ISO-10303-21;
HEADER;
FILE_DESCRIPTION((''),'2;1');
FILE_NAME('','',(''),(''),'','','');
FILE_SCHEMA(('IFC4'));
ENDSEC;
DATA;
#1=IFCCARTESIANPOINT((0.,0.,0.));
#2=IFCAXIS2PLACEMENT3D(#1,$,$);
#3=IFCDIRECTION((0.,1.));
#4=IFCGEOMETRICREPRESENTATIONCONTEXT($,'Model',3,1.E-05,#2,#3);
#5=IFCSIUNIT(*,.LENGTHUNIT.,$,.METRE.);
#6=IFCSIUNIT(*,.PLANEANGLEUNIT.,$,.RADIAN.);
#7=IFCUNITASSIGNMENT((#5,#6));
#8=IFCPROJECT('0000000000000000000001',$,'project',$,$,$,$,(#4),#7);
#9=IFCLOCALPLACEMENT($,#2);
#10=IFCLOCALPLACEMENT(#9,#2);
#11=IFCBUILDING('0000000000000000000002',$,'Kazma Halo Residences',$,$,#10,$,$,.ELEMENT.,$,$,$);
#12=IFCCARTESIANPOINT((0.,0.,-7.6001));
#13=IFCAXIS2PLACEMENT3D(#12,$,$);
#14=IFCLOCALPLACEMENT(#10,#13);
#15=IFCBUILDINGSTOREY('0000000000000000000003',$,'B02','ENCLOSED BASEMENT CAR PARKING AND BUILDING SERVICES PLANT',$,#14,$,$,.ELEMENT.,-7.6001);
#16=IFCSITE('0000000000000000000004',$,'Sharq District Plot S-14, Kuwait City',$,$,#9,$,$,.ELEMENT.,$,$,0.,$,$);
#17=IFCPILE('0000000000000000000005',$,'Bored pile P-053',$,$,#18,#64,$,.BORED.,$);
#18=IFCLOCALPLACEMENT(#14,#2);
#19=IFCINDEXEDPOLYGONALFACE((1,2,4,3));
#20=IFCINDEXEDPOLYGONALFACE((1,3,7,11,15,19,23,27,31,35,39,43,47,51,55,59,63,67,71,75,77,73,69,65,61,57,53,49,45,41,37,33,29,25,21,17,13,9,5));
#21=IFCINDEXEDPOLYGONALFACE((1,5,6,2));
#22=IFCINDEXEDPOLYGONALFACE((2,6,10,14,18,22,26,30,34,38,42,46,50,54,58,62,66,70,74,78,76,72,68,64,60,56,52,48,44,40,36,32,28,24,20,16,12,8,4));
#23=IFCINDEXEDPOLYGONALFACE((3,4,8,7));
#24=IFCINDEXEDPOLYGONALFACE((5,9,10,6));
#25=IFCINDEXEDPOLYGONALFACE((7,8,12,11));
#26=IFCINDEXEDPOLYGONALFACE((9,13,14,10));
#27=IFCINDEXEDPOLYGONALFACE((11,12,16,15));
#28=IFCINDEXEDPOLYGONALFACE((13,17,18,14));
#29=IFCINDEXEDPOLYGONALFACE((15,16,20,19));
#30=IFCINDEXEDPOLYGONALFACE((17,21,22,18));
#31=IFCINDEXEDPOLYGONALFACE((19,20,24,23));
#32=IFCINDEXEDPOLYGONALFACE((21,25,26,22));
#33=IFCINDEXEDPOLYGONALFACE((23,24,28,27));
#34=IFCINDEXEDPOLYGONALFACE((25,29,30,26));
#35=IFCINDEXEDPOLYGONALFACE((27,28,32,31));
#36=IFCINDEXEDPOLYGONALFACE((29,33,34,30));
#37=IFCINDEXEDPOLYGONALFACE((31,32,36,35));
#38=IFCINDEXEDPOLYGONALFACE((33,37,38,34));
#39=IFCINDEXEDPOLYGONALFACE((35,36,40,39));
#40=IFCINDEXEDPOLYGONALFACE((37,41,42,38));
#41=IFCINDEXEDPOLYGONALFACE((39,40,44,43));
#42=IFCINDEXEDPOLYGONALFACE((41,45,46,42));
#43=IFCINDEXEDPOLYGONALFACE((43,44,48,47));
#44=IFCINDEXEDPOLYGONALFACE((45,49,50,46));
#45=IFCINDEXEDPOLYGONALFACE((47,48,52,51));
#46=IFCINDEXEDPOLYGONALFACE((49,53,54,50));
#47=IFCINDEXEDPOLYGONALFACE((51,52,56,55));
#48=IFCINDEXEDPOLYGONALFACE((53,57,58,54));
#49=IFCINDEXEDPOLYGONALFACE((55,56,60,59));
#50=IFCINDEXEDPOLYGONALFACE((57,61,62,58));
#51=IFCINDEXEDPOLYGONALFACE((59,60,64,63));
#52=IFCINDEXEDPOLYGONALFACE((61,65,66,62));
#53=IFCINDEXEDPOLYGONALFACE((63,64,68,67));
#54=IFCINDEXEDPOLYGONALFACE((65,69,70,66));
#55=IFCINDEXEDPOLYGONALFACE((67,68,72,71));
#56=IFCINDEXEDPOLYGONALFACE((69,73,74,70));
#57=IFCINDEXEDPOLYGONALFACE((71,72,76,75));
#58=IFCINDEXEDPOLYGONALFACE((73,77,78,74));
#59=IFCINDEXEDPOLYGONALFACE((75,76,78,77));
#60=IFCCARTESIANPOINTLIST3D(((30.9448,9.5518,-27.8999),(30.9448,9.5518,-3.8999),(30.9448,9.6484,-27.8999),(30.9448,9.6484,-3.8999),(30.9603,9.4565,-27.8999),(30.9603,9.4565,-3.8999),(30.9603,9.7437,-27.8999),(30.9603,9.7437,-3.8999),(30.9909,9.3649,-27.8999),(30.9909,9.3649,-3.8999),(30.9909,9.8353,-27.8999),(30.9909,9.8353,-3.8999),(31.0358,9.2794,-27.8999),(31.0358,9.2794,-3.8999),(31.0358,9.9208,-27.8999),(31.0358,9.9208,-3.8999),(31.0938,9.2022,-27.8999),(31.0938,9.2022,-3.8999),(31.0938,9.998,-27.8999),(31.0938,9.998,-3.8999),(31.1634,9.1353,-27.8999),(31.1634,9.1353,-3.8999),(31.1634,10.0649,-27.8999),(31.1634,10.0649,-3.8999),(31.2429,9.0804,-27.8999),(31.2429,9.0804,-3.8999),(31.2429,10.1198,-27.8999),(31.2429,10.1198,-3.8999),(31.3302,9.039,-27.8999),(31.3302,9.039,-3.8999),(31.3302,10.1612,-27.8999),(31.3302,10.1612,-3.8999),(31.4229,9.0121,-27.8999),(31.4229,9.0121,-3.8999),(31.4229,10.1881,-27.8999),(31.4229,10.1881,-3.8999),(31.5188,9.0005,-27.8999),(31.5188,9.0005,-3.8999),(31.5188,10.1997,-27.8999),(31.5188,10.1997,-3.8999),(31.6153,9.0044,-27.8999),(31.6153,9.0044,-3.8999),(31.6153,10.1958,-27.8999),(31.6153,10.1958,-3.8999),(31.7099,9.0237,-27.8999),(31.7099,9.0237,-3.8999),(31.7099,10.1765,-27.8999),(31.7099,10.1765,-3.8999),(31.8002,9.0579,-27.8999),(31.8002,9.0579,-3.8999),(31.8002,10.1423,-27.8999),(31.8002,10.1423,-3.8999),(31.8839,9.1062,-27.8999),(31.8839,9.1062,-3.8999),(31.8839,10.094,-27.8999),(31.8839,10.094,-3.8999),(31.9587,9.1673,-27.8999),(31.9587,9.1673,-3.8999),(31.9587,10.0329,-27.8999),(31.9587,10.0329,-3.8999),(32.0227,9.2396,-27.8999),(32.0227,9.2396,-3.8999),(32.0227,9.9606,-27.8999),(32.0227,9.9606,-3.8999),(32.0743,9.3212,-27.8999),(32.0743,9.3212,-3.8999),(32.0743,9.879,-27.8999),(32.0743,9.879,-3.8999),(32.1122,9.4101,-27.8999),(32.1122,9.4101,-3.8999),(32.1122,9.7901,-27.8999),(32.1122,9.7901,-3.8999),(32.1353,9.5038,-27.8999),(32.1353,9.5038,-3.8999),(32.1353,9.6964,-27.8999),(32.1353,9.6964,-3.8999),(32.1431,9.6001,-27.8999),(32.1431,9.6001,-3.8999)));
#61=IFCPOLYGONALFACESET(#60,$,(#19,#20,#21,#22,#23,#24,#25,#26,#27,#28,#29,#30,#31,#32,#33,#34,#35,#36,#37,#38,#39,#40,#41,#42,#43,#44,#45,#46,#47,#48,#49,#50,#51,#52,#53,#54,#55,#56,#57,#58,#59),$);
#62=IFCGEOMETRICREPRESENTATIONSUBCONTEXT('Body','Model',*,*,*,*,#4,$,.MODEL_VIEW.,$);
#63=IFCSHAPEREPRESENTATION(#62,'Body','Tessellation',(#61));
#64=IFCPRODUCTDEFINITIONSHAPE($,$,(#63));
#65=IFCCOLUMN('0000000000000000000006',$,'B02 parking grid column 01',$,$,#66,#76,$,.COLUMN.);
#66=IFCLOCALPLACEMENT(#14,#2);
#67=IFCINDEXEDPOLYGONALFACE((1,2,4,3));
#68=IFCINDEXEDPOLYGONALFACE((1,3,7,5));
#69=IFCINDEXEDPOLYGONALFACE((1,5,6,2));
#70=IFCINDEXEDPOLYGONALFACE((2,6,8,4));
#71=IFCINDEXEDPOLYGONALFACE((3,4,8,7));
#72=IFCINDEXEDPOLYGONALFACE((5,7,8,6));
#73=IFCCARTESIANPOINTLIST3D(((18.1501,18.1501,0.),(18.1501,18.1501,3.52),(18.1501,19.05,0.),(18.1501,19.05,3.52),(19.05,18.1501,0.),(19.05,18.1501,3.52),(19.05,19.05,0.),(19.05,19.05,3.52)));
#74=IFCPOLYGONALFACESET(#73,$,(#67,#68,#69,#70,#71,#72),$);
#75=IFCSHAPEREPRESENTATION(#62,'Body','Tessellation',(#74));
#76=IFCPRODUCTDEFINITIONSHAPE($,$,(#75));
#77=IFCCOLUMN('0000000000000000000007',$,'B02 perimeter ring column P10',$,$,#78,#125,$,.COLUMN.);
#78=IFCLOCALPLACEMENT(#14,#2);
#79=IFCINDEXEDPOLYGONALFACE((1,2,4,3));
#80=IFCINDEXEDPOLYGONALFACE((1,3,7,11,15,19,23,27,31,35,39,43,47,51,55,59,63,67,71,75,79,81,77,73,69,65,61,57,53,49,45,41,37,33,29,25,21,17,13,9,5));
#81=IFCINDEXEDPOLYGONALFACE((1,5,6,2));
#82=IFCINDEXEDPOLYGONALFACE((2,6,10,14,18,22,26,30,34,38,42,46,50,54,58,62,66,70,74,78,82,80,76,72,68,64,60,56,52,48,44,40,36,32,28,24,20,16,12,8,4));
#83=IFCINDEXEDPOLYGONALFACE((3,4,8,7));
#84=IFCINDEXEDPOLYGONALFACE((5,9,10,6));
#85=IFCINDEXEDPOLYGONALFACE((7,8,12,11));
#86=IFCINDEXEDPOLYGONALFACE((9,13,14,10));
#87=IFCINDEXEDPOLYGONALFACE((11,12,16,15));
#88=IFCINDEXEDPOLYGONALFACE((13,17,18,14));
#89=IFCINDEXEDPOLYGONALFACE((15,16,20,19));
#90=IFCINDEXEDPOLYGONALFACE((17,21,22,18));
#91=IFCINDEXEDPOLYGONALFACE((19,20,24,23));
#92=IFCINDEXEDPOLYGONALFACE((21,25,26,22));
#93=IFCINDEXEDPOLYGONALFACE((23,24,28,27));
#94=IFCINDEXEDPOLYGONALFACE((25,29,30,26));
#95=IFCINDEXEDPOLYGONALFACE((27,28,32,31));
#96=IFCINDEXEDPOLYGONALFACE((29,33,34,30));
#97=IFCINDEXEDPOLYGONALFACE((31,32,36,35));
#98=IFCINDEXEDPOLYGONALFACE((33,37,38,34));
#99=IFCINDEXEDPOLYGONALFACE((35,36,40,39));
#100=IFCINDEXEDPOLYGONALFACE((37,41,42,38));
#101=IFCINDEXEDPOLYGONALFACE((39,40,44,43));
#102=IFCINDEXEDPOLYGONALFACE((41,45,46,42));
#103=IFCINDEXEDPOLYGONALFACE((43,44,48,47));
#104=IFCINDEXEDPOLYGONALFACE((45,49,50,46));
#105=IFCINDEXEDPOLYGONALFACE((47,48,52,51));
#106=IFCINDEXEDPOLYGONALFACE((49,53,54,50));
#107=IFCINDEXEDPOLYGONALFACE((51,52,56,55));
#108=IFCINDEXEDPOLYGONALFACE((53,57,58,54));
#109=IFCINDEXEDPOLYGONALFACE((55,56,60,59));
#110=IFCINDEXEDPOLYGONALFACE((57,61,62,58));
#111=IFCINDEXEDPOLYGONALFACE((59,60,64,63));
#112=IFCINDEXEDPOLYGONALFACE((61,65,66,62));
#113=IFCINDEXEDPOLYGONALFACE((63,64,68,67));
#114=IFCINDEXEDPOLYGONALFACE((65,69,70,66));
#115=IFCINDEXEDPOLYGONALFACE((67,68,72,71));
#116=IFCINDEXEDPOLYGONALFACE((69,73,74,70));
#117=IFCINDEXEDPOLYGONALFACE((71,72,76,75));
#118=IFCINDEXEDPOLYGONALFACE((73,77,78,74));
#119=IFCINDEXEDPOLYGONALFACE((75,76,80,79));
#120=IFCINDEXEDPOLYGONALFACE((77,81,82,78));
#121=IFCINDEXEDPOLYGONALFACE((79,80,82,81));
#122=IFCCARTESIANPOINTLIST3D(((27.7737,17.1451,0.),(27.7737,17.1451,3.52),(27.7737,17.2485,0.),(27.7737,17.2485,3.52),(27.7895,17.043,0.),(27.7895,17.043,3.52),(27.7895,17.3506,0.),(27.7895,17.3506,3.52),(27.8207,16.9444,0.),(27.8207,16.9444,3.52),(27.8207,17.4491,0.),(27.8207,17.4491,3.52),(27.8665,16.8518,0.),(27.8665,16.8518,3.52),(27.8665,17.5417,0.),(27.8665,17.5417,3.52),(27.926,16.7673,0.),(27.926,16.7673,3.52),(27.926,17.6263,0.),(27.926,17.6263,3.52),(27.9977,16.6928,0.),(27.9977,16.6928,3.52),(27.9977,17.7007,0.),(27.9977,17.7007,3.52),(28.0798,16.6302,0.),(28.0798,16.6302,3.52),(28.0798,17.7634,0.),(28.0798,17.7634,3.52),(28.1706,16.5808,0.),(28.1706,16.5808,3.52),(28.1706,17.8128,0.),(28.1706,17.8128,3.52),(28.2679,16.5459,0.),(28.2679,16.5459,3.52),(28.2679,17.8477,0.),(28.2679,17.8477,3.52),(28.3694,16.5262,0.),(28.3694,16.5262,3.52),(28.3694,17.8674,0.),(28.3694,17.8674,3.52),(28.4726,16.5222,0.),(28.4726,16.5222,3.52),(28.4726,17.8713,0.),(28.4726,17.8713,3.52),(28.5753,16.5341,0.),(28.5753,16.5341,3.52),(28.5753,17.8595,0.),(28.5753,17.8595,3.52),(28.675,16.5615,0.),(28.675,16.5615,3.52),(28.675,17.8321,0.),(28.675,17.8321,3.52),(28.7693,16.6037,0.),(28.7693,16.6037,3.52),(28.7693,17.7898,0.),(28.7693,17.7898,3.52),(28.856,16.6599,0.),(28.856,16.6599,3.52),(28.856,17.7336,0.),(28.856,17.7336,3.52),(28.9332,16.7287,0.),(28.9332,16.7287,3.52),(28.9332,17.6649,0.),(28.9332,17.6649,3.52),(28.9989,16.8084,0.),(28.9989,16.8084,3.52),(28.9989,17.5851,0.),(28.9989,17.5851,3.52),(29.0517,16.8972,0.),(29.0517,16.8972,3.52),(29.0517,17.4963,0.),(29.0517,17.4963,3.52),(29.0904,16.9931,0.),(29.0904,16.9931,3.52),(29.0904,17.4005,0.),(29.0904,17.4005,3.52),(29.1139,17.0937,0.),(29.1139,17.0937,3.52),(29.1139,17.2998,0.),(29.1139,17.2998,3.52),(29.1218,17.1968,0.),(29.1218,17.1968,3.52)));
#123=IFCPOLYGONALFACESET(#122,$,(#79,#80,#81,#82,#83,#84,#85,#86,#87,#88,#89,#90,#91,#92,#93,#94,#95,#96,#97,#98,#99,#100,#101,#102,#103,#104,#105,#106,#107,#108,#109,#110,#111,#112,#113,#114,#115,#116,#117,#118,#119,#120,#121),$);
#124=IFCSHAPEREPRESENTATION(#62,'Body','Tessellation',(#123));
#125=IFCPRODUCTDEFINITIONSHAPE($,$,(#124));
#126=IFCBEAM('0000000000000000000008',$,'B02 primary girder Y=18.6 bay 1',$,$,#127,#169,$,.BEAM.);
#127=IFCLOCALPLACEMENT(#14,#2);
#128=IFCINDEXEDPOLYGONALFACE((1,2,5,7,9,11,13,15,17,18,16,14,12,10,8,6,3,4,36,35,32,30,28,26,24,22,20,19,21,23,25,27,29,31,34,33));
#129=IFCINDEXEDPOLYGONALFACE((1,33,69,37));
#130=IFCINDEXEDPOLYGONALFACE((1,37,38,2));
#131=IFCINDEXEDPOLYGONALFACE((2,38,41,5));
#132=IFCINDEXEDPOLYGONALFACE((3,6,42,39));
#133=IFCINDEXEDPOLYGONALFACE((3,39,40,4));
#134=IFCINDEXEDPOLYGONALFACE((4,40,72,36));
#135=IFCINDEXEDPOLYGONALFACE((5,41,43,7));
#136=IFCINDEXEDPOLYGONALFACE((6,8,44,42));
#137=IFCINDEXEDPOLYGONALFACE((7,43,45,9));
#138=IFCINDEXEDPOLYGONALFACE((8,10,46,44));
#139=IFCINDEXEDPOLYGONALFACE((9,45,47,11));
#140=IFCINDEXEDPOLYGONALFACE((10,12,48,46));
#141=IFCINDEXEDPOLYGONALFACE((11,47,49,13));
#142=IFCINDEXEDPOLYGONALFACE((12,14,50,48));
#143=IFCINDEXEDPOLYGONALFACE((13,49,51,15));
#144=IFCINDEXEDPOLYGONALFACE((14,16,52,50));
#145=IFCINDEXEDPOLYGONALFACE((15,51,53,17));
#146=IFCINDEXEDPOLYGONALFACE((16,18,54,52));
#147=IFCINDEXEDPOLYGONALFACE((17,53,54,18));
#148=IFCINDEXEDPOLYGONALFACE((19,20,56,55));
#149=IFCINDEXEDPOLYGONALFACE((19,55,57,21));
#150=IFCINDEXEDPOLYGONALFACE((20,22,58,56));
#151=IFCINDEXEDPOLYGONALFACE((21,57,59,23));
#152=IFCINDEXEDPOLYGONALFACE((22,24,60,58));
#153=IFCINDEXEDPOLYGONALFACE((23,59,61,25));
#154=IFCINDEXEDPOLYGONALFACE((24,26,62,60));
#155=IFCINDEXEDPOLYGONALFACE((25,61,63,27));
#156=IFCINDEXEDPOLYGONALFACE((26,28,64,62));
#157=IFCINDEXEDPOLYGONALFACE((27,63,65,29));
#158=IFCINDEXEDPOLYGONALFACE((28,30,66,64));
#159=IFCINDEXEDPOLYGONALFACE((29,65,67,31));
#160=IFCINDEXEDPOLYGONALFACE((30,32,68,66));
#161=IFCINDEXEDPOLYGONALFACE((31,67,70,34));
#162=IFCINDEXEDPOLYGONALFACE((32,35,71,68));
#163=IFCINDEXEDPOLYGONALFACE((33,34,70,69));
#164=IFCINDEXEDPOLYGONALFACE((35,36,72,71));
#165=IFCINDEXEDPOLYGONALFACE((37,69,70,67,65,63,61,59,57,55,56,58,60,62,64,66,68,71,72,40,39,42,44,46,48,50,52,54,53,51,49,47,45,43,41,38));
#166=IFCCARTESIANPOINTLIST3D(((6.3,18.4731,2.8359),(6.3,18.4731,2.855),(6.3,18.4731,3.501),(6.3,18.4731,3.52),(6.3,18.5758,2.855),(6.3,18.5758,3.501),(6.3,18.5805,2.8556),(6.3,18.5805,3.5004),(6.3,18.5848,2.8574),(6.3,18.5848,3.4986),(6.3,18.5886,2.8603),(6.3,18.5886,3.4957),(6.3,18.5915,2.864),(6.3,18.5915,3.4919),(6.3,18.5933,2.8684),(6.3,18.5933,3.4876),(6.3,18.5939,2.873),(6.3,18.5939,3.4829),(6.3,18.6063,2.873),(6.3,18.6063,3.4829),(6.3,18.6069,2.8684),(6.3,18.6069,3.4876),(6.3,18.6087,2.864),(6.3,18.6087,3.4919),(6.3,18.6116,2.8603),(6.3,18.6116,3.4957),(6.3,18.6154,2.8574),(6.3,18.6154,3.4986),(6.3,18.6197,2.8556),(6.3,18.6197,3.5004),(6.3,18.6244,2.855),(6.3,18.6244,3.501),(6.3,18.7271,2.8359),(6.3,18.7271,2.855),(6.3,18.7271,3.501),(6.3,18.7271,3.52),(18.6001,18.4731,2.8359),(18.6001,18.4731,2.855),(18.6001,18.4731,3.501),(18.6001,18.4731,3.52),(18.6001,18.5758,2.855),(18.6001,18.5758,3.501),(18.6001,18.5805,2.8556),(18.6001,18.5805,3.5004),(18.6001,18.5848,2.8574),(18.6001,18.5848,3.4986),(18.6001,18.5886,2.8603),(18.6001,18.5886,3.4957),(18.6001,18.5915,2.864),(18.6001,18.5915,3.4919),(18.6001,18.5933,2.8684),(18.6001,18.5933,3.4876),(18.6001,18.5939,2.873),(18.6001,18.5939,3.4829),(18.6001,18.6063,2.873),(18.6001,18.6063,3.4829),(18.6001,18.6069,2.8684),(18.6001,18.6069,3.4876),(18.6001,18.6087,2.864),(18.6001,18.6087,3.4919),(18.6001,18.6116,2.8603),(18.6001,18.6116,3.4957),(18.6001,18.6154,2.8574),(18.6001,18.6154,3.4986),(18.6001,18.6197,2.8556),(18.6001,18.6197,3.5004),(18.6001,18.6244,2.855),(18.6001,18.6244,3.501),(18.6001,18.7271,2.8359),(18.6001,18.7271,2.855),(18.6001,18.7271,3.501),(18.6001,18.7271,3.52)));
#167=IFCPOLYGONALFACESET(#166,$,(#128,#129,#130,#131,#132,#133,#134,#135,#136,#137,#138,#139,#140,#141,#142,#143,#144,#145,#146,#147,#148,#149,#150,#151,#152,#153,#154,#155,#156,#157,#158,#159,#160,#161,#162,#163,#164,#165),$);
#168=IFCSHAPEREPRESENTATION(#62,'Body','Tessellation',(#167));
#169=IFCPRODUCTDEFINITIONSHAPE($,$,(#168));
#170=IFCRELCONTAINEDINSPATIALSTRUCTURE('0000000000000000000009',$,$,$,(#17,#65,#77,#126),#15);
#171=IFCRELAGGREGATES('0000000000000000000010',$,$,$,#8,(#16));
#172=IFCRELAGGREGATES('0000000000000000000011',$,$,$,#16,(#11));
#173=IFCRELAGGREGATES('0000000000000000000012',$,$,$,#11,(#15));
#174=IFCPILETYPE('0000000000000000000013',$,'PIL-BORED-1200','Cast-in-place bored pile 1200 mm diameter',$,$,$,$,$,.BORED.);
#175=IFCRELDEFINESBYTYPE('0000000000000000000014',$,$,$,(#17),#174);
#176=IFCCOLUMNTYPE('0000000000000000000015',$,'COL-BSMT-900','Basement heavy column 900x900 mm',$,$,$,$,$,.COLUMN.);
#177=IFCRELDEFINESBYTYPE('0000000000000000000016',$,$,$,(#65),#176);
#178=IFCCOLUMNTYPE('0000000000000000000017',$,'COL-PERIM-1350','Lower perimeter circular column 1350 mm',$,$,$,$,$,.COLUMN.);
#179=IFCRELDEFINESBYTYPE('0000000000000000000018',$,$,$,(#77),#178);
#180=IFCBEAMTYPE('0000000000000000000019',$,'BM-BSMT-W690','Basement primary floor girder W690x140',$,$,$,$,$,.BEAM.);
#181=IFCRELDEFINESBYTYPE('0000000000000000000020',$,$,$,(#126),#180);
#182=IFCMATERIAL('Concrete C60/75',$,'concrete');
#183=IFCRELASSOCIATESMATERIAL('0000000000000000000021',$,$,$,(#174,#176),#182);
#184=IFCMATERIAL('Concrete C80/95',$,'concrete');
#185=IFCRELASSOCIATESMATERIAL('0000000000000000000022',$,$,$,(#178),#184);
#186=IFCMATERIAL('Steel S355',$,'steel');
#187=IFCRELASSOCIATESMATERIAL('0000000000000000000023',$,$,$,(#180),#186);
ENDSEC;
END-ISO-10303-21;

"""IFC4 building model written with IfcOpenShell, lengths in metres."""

from ifc_helpers import new_model, si_unit, direction, frame, origin, origin_2d, place, context, subcontext, project, spatial, rectangle, circle, i_section, extrude, material, material_profile, profile_set, type_object, element, save


model = new_model("IFC4")

# Units and contexts
model_context = context("Model", 3, precision=1e-05, world=origin(), true_north=direction((0.0, 1.0)))
body_context = subcontext(model_context, "Body", "Model", "MODEL_VIEW")
ifc_project = project(units=[si_unit("LENGTHUNIT", "METRE"), si_unit("PLANEANGLEUNIT", "RADIAN")], contexts=[model_context])

# Site, building, storey
site_placement = place(None, origin())
site = spatial("IfcSite", under=ifc_project, at=site_placement, Name="Sharq District Plot S-14, Kuwait City", CompositionType="ELEMENT", RefElevation=0.0)
building_placement = place(site_placement, origin())
building = spatial("IfcBuilding", under=site, at=building_placement, Name="Kazma Halo Residences", CompositionType="ELEMENT")
storey_placement = place(building_placement, frame((0.0, 0.0, -7.6001)))
storey = spatial("IfcBuildingStorey", under=building, at=storey_placement, Name="B02", Description="ENCLOSED BASEMENT CAR PARKING AND BUILDING SERVICES PLANT", CompositionType="ELEMENT", Elevation=-7.6001)

# Pile
ifc_material_1 = material(Name="Concrete C60/75", Category="concrete")
ifc_material_profile_1 = material_profile(ifc_material_1, circle(Radius=0.6001, at=origin_2d()), Name="CIRC1200")
ifc_profile_set_1 = profile_set([ifc_material_profile_1], Name="Concrete C60/75")
pile_type = type_object("IfcPileType", Name="PIL-BORED-1200", Description="Cast-in-place bored pile 1200 mm diameter", PredefinedType="BORED", material=ifc_profile_set_1)
for number, where, z_axis, x_axis, name in (
    (1, (31.543, 9.6001, -3.8999), (0.0, 0.0, -1.0), (1.0, 0.0, 0.0), "Bored pile P-053"),
):
    element("IfcPile", number, at=place(storey_placement, frame(where, z_axis=z_axis, x_axis=x_axis)), inside=storey, type_object=pile_type, Name=name, PredefinedType="BORED", context=body_context, shape_type="SweptSolid", body=[
        extrude(circle(Radius=0.6001, at=origin_2d()), origin(), (0.0, 0.0, 1.0), 24.0),
    ])

# Columns
ifc_material_profile_2 = material_profile(ifc_material_1, rectangle(XDim=0.8999, YDim=0.8999, at=origin_2d()), Name="RECT900x900")
ifc_profile_set_2 = profile_set([ifc_material_profile_2], Name="Concrete C60/75")
column_type_1 = type_object("IfcColumnType", Name="COL-BSMT-900", Description="Basement heavy column 900x900 mm", PredefinedType="COLUMN", material=ifc_profile_set_2)
column_1_placement = place(storey_placement, frame((18.6001, 18.6001, 0.0), z_axis=(0.0, 0.0, 1.0), x_axis=(1.0, 0.0, 0.0)))
element("IfcColumn", 2, at=column_1_placement, inside=storey, type_object=column_type_1, Name="B02 parking grid column 01", PredefinedType="COLUMN", context=body_context, shape_type="SweptSolid", body=[
    extrude(rectangle(XDim=0.8999, YDim=0.8999, at=origin_2d()), origin(), (0.0, 0.0, 1.0), 3.52),
])
ifc_material_2 = material(Name="Concrete C80/95", Category="concrete")
ifc_material_profile_3 = material_profile(ifc_material_2, circle(Radius=0.675, at=origin_2d()), Name="CIRC1350")
ifc_profile_set_3 = profile_set([ifc_material_profile_3], Name="Concrete C80/95")
column_type_2 = type_object("IfcColumnType", Name="COL-PERIM-1350", Description="Lower perimeter circular column 1350 mm", PredefinedType="COLUMN", material=ifc_profile_set_3)
column_2_placement = place(storey_placement, frame((28.4468, 17.1968, 0.0), z_axis=(0.0, 0.0, 1.0), x_axis=(1.0, 0.0, 0.0)))
element("IfcColumn", 3, at=column_2_placement, inside=storey, type_object=column_type_2, Name="B02 perimeter ring column P10", PredefinedType="COLUMN", context=body_context, shape_type="SweptSolid", body=[
    extrude(circle(Radius=0.675, at=origin_2d()), origin(), (0.0, 0.0, 1.0), 3.52),
])

# Beam
ifc_material_3 = material(Name="Steel S355", Category="steel")
ifc_material_profile_4 = material_profile(ifc_material_3, i_section(OverallWidth=0.2539, OverallDepth=0.6841, WebThickness=0.0125, FlangeThickness=0.019, FilletRadius=0.0181, at=origin_2d()), Name="W690x140")
ifc_profile_set_4 = profile_set([ifc_material_profile_4], Name="Steel S355")
beam_type_1 = type_object("IfcBeamType", Name="BM-BSMT-W690", Description="Basement primary floor girder W690x140", PredefinedType="BEAM", material=ifc_profile_set_4)
beam_1_placement = place(storey_placement, frame((6.3, 18.6001, 3.178), z_axis=(1.0, 0.0, 0.0), x_axis=(0.0, 1.0, 0.0)))
element("IfcBeam", 4, at=beam_1_placement, inside=storey, type_object=beam_type_1, Name="B02 primary girder Y=18.6 bay 1", PredefinedType="BEAM", context=body_context, shape_type="SweptSolid", body=[
    extrude(i_section(OverallWidth=0.2539, OverallDepth=0.6841, WebThickness=0.0125, FlangeThickness=0.019, FilletRadius=0.0181, at=origin_2d()), origin(), (0.0, 0.0, 1.0), 12.3),
])

save(model, "model.ifc")
